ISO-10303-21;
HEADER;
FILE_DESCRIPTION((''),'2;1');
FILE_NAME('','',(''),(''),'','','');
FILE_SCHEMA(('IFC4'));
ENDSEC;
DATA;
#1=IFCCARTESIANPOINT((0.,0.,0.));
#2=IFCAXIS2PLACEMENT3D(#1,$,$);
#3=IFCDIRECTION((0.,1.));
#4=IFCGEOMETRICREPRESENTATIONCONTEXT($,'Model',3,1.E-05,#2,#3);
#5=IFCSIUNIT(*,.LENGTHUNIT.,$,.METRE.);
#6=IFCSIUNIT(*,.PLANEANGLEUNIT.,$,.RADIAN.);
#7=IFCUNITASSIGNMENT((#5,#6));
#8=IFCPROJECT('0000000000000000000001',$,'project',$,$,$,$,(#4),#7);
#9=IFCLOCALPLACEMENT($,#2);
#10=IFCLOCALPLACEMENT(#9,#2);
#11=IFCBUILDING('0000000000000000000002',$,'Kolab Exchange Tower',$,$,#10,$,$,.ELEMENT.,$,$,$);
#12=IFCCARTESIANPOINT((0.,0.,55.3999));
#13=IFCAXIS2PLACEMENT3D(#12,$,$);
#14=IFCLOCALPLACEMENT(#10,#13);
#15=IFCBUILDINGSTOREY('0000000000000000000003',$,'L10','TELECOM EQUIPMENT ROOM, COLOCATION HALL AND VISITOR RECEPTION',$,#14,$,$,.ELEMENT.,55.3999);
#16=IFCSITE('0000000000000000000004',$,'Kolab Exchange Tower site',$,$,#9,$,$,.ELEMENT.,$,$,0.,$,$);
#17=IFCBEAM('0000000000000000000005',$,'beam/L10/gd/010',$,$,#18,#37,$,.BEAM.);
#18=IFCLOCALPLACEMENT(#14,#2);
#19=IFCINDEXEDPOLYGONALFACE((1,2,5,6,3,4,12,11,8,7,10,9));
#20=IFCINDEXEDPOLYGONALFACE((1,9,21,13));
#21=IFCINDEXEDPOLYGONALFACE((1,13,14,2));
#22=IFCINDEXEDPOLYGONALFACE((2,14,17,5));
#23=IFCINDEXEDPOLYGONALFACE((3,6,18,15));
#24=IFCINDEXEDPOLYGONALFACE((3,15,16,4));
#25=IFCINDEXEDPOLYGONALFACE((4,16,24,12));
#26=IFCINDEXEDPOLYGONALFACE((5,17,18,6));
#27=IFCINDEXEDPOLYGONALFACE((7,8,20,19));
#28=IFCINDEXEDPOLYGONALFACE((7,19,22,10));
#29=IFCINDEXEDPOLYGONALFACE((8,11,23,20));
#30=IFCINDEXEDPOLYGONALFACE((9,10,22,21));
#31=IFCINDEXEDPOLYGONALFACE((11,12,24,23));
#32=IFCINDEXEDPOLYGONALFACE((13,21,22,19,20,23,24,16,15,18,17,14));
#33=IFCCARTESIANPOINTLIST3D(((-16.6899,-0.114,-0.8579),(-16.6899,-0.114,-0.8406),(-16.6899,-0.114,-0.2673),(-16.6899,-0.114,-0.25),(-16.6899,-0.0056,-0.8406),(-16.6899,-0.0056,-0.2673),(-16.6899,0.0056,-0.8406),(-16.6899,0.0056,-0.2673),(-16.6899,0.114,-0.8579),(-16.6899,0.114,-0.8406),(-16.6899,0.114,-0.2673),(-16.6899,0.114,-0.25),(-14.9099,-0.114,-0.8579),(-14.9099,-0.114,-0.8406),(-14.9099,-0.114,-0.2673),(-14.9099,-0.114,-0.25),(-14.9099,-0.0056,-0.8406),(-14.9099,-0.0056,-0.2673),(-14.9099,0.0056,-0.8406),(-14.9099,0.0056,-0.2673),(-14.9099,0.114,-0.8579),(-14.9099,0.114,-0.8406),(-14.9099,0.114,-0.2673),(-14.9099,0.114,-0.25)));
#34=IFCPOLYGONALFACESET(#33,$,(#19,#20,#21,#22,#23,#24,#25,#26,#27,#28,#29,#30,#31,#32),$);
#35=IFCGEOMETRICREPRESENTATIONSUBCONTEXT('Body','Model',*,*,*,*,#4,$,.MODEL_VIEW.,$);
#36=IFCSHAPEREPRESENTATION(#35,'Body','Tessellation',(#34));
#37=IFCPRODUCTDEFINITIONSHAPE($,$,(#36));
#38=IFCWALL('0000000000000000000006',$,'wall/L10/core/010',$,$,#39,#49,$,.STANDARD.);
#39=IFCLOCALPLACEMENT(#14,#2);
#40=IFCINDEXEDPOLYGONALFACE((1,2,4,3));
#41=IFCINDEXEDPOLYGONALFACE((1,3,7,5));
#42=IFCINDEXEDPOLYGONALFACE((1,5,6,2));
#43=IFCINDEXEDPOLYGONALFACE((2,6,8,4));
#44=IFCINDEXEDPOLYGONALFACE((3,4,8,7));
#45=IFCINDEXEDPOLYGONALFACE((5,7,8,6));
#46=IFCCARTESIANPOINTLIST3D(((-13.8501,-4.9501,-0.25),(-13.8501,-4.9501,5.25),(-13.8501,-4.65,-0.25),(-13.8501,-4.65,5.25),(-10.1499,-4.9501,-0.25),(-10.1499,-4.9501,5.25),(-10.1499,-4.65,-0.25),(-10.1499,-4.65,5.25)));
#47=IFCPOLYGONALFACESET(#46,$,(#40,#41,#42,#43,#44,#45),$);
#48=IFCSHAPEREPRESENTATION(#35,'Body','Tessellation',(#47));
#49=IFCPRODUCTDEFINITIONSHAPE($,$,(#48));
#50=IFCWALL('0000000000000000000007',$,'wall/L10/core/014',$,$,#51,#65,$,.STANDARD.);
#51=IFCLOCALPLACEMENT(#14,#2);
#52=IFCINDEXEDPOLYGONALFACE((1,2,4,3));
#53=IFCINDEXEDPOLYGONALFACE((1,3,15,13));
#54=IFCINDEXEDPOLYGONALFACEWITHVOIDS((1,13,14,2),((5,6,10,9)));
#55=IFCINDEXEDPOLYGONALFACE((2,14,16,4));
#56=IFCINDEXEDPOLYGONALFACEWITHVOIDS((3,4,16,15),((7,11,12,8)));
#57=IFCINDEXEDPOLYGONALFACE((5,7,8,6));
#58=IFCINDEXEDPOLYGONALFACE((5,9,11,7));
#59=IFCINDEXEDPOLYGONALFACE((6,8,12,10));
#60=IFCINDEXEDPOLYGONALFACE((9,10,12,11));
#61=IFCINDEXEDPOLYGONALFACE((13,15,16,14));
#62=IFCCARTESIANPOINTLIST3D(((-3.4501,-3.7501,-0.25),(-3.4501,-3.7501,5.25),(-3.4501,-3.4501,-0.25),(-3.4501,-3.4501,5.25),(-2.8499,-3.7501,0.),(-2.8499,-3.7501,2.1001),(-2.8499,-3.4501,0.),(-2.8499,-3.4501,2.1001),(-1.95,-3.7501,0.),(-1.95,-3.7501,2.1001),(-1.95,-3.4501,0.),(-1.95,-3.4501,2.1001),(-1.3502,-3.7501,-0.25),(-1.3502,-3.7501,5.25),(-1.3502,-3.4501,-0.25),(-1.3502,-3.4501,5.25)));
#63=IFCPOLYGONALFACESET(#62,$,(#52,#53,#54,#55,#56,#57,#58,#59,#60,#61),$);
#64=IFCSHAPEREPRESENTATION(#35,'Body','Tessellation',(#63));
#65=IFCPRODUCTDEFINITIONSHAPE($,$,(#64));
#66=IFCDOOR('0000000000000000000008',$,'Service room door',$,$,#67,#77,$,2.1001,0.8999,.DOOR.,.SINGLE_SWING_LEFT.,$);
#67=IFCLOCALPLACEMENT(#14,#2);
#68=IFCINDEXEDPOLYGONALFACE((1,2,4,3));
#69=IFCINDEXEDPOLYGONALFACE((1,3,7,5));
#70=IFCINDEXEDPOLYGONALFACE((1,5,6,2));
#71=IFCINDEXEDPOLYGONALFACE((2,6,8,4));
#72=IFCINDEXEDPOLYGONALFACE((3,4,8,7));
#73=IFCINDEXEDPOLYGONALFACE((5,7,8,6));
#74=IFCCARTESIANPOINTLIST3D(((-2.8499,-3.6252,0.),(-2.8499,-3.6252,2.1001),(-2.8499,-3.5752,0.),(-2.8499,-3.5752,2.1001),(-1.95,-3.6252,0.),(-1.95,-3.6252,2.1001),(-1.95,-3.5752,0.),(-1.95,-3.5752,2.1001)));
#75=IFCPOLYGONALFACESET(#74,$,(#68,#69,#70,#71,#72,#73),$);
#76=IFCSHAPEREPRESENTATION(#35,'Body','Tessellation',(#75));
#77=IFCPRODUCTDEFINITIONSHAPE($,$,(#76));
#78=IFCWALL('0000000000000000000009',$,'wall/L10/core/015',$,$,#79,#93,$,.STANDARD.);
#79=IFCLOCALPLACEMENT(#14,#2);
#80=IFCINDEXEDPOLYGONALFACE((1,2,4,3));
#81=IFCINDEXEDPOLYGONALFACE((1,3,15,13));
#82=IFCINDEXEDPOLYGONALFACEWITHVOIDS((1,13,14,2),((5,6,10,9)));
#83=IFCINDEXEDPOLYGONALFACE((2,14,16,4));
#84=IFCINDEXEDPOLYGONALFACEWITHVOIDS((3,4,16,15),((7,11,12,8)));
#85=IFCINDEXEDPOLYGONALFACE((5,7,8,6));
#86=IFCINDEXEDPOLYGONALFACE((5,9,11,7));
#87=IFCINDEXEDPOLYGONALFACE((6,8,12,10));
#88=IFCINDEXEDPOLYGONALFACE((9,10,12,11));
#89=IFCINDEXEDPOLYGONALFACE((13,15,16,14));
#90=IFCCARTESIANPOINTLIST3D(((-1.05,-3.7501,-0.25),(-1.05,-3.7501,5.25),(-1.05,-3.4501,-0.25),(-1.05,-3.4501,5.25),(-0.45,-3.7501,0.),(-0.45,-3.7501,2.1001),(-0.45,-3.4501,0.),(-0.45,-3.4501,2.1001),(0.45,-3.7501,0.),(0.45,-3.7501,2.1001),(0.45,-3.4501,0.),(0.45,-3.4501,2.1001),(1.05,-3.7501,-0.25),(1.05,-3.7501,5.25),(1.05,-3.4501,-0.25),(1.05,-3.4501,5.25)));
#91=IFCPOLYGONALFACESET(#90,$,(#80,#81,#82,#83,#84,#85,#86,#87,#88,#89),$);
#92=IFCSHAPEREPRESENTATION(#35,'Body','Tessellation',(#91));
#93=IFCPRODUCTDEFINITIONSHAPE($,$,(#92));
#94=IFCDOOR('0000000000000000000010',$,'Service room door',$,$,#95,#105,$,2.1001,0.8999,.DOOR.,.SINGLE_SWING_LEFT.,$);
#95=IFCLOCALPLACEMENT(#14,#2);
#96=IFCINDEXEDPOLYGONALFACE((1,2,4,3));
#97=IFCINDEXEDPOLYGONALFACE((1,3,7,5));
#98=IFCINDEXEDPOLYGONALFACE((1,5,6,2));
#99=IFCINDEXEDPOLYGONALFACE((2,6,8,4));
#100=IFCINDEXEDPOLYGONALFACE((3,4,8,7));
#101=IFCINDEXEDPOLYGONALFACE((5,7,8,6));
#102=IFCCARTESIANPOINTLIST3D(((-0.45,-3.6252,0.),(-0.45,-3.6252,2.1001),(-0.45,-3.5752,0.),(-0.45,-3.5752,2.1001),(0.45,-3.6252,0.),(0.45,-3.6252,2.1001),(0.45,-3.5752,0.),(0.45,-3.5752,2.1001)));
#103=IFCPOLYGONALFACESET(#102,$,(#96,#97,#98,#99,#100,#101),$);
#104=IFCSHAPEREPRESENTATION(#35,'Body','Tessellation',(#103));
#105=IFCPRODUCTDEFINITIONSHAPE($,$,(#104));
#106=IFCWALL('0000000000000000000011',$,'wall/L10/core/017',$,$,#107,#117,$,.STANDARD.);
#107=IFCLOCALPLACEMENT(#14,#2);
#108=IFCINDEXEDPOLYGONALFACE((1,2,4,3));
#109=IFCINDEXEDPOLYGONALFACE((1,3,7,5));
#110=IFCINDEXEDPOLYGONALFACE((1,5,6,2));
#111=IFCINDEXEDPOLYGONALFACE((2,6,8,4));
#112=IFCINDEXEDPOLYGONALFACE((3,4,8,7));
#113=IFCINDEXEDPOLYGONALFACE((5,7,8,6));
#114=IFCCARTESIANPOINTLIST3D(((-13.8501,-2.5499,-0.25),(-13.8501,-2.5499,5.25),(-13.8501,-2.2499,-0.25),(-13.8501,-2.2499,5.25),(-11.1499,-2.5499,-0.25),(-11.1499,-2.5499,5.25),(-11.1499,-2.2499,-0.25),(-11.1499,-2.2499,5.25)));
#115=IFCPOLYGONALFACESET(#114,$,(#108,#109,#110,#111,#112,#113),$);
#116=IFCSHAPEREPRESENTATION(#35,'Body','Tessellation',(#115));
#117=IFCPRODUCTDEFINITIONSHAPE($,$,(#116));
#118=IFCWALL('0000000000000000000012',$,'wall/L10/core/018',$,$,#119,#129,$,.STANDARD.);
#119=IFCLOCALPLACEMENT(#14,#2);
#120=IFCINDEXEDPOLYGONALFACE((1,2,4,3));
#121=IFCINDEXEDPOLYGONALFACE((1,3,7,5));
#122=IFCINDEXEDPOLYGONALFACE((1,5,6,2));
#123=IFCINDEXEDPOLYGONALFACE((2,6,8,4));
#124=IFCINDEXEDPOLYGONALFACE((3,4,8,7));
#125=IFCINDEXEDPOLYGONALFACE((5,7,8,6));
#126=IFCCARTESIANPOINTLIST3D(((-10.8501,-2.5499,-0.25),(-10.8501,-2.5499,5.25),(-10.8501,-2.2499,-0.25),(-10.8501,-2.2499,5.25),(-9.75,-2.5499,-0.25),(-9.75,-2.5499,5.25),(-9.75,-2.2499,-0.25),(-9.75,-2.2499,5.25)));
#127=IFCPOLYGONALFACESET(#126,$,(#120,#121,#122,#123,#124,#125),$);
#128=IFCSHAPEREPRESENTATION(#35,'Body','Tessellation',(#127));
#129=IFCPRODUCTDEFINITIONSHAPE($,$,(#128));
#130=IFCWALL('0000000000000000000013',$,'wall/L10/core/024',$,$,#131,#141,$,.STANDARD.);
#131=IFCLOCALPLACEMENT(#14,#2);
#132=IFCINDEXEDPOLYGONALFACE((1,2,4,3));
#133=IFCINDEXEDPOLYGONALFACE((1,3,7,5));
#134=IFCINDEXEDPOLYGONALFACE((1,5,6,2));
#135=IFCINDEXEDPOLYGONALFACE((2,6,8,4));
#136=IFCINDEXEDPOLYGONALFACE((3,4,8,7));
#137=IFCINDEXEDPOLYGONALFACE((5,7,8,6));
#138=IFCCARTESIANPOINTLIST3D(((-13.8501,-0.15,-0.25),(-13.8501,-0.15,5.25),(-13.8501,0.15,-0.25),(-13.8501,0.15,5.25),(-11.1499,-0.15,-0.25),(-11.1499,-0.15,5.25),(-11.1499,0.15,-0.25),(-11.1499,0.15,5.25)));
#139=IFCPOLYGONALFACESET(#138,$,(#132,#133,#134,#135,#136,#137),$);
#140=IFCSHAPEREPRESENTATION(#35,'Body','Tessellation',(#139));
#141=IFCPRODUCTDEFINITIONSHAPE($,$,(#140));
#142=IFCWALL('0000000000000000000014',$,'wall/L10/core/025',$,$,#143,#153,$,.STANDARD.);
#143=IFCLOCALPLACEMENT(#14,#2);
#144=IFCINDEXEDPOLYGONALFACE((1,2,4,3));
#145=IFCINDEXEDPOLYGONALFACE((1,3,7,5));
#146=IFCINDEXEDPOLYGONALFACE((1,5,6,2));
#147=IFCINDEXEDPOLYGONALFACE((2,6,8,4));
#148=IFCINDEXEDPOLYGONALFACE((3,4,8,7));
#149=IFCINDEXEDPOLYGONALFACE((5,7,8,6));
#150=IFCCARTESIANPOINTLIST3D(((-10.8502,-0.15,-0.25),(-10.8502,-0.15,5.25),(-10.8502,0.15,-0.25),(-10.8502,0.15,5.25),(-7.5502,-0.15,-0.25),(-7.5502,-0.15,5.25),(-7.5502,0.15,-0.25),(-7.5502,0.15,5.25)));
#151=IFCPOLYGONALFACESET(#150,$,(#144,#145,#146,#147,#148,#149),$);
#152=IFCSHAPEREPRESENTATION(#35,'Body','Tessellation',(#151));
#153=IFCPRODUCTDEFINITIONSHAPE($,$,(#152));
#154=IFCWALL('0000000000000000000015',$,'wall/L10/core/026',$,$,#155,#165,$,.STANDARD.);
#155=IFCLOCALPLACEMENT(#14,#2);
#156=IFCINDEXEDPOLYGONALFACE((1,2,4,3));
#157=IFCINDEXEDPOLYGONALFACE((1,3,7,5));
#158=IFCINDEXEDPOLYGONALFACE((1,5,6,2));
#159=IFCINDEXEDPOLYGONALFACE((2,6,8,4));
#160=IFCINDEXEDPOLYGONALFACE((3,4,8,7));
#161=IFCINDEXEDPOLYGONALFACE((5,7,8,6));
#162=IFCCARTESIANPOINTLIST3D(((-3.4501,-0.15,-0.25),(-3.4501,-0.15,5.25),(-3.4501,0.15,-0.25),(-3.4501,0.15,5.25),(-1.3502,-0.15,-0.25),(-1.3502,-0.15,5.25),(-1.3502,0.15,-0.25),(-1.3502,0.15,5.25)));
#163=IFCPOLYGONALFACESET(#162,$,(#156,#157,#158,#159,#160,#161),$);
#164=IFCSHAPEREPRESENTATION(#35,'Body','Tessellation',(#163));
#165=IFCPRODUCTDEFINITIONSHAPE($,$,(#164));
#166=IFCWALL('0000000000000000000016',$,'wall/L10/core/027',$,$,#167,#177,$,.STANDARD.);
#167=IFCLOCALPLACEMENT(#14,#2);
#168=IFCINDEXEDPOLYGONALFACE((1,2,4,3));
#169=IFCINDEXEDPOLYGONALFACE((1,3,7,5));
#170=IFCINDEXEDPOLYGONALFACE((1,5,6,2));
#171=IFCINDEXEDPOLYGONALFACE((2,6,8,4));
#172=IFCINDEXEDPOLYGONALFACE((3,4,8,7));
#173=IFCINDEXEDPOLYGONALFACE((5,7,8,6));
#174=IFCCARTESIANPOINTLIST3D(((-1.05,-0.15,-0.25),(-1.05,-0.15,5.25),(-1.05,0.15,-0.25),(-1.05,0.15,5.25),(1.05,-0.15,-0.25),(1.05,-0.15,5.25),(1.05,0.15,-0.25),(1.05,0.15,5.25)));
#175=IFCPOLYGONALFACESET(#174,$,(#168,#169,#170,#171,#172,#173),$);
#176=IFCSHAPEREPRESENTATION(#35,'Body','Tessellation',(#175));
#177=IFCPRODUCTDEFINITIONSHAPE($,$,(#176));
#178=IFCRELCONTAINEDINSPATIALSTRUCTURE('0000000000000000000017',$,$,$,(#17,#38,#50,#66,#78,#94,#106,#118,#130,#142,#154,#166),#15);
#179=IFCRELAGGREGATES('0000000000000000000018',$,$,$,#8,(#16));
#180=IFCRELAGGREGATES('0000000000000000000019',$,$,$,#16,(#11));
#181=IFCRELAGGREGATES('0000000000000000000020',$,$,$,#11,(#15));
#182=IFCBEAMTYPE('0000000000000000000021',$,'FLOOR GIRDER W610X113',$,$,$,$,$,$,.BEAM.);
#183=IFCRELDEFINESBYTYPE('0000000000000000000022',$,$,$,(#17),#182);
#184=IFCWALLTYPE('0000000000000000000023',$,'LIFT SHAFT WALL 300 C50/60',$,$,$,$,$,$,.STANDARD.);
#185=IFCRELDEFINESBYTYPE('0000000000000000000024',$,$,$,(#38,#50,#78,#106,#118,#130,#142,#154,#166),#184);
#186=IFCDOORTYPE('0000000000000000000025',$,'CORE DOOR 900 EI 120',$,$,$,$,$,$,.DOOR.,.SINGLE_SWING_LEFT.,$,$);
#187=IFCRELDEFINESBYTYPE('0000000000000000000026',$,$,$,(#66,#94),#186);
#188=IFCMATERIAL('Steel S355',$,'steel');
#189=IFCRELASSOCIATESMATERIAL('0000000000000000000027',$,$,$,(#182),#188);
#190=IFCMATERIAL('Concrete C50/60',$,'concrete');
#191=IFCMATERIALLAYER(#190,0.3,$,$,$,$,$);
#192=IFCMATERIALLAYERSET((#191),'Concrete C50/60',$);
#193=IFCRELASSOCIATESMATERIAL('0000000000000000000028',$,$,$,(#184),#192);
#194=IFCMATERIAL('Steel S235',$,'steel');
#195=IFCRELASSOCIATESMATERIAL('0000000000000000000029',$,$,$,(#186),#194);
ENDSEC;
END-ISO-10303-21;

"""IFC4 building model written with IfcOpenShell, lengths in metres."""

from ifc_helpers import new_model, si_unit, direction, frame, frame_2d, origin, origin_2d, place, context, subcontext, project, spatial, rectangle, i_section, extrude, material, layer, layer_set, material_profile, profile_set, type_object, element, fill, save


model = new_model("IFC4")

# Units and contexts
model_context = context("Model", 3, precision=1e-05, world=origin(), true_north=direction((0.0, 1.0)))
body_context = subcontext(model_context, "Body", "Model", "MODEL_VIEW")
ifc_project = project(units=[si_unit("LENGTHUNIT", "METRE"), si_unit("PLANEANGLEUNIT", "RADIAN")], contexts=[model_context])

# Site, building, storey
site_placement = place(None, origin())
site = spatial("IfcSite", under=ifc_project, at=site_placement, Name="Kolab Exchange Tower site", CompositionType="ELEMENT", RefElevation=0.0)
building_placement = place(site_placement, origin())
building = spatial("IfcBuilding", under=site, at=building_placement, Name="Kolab Exchange Tower", CompositionType="ELEMENT")
storey_placement = place(building_placement, frame((0.0, 0.0, 55.3999)))
storey = spatial("IfcBuildingStorey", under=building, at=storey_placement, Name="L10", Description="TELECOM EQUIPMENT ROOM, COLOCATION HALL AND VISITOR RECEPTION", CompositionType="ELEMENT", Elevation=55.3999)

# Beam
ifc_material_1 = material(Name="Steel S355", Category="steel")
ifc_material_profile = material_profile(ifc_material_1, i_section(OverallWidth=0.228, OverallDepth=0.6079, WebThickness=0.0112, FlangeThickness=0.0173, at=origin_2d()), Name="W610X113")
ifc_profile_set = profile_set([ifc_material_profile], Name="Steel S355")
beam_type = type_object("IfcBeamType", Name="FLOOR GIRDER W610X113", PredefinedType="BEAM", material=ifc_profile_set)
beam_placement = place(storey_placement, frame((-16.6899, 0.0, -0.554), z_axis=(1.0, 0.0, 0.0), x_axis=(0.0, 1.0, 0.0)))
element("IfcBeam", 1, at=beam_placement, inside=storey, type_object=beam_type, Name="beam/L10/gd/010", PredefinedType="BEAM", context=body_context, shape_type="SweptSolid", body=[
    extrude(i_section(OverallWidth=0.228, OverallDepth=0.6079, WebThickness=0.0112, FlangeThickness=0.0173, at=origin_2d()), origin(), (0.0, 0.0, 1.0), 1.78),
])

# Wall
ifc_material_2 = material(Name="Concrete C50/60", Category="concrete")
ifc_layer_1 = layer(ifc_material_2, 0.3)
ifc_layer_set_1 = layer_set([ifc_layer_1], Name="Concrete C50/60")
wall_type_1 = type_object("IfcWallType", Name="LIFT SHAFT WALL 300 C50/60", PredefinedType="STANDARD", material=ifc_layer_set_1)
wall_1_placement = place(storey_placement, frame((-13.8501, -4.8, -0.25), z_axis=(0.0, 0.0, 1.0), x_axis=(1.0, 0.0, 0.0)))
element("IfcWall", 2, at=wall_1_placement, inside=storey, type_object=wall_type_1, Name="wall/L10/core/010", PredefinedType="STANDARD", context=body_context, shape_type="SweptSolid", body=[
    extrude(rectangle(XDim=3.7002, YDim=0.3, at=frame_2d((1.8501, 0.0))), origin(), (0.0, 0.0, 1.0), 5.5),
])

# Walls, openings, doors
wall_2_placement = place(storey_placement, frame((-3.45, -3.6001, -0.25), z_axis=(0.0, 0.0, 1.0), x_axis=(1.0, 0.0, 0.0)))
wall_2 = element("IfcWall", 3, at=wall_2_placement, inside=storey, type_object=wall_type_1, Name="wall/L10/core/014", PredefinedType="STANDARD", context=body_context, shape_type="SweptSolid", body=[
    extrude(rectangle(XDim=2.0999, YDim=0.3, at=frame_2d((1.0498, 0.0))), origin(), (0.0, 0.0, 1.0), 5.5),
])
opening_1_placement = place(wall_2_placement, frame((0.6001, 0.0, 0.25)))
opening_1 = element("IfcOpeningElement", 4, at=opening_1_placement, cuts=wall_2, PredefinedType="OPENING", context=body_context, shape_type="SweptSolid", body=[
    extrude(rectangle(XDim=0.8999, YDim=2.1001, at=frame_2d((0.45, 1.05))), frame((0.0, 0.1602, 0.0), z_axis=(0.0, -1.0, 0.0), x_axis=(1.0, 0.0, 0.0)), (0.0, 0.0, 1.0), 0.3201),
])
ifc_material_3 = material(Name="Steel S235", Category="steel")
door_type_1 = type_object("IfcDoorType", Name="CORE DOOR 900 EI 120", OperationType="SINGLE_SWING_LEFT", PredefinedType="DOOR", material=ifc_material_3)
door_1_placement = place(opening_1_placement, origin())
door_1 = element("IfcDoor", 5, at=door_1_placement, inside=storey, type_object=door_type_1, Name="Service room door", OperationType="SINGLE_SWING_LEFT", OverallHeight=2.1001, OverallWidth=0.8999, PredefinedType="DOOR", context=body_context, shape_type="SweptSolid", body=[
    extrude(rectangle(XDim=0.8999, YDim=2.1001, at=frame_2d((0.45, 1.05))), frame((0.0, 0.0249, 0.0), z_axis=(0.0, -1.0, 0.0), x_axis=(1.0, 0.0, 0.0)), (0.0, 0.0, 1.0), 0.05),
])
fill(opening_1, door_1)
wall_3_placement = place(storey_placement, frame((-1.05, -3.6001, -0.25), z_axis=(0.0, 0.0, 1.0), x_axis=(1.0, 0.0, 0.0)))
wall_3 = element("IfcWall", 6, at=wall_3_placement, inside=storey, type_object=wall_type_1, Name="wall/L10/core/015", PredefinedType="STANDARD", context=body_context, shape_type="SweptSolid", body=[
    extrude(rectangle(XDim=2.1001, YDim=0.3, at=frame_2d((1.05, 0.0))), origin(), (0.0, 0.0, 1.0), 5.5),
])
opening_2_placement = place(wall_3_placement, frame((0.6001, 0.0, 0.25)))
opening_2 = element("IfcOpeningElement", 7, at=opening_2_placement, cuts=wall_3, PredefinedType="OPENING", context=body_context, shape_type="SweptSolid", body=[
    extrude(rectangle(XDim=0.8999, YDim=2.1001, at=frame_2d((0.45, 1.05))), frame((0.0, 0.1602, 0.0), z_axis=(0.0, -1.0, 0.0), x_axis=(1.0, 0.0, 0.0)), (0.0, 0.0, 1.0), 0.3201),
])
door_2_placement = place(opening_2_placement, origin())
door_2 = element("IfcDoor", 8, at=door_2_placement, inside=storey, type_object=door_type_1, Name="Service room door", OperationType="SINGLE_SWING_LEFT", OverallHeight=2.1001, OverallWidth=0.8999, PredefinedType="DOOR", context=body_context, shape_type="SweptSolid", body=[
    extrude(rectangle(XDim=0.8999, YDim=2.1001, at=frame_2d((0.45, 1.05))), frame((0.0, 0.0249, 0.0), z_axis=(0.0, -1.0, 0.0), x_axis=(1.0, 0.0, 0.0)), (0.0, 0.0, 1.0), 0.05),
])
fill(opening_2, door_2)

# Walls
wall_4_placement = place(storey_placement, frame((-13.8501, -2.3999, -0.25), z_axis=(0.0, 0.0, 1.0), x_axis=(1.0, 0.0, 0.0)))
element("IfcWall", 9, at=wall_4_placement, inside=storey, type_object=wall_type_1, Name="wall/L10/core/017", PredefinedType="STANDARD", context=body_context, shape_type="SweptSolid", body=[
    extrude(rectangle(XDim=2.7002, YDim=0.3, at=frame_2d((1.3501, 0.0))), origin(), (0.0, 0.0, 1.0), 5.5),
])
wall_5_placement = place(storey_placement, frame((-10.8501, -2.3999, -0.25), z_axis=(0.0, 0.0, 1.0), x_axis=(1.0, 0.0, 0.0)))
element("IfcWall", 10, at=wall_5_placement, inside=storey, type_object=wall_type_1, Name="wall/L10/core/018", PredefinedType="STANDARD", context=body_context, shape_type="SweptSolid", body=[
    extrude(rectangle(XDim=1.1001, YDim=0.3, at=frame_2d((0.55, 0.0))), origin(), (0.0, 0.0, 1.0), 5.5),
])
wall_6_placement = place(storey_placement, frame((-13.8501, 0.0, -0.25), z_axis=(0.0, 0.0, 1.0), x_axis=(1.0, 0.0, 0.0)))
element("IfcWall", 11, at=wall_6_placement, inside=storey, type_object=wall_type_1, Name="wall/L10/core/024", PredefinedType="STANDARD", context=body_context, shape_type="SweptSolid", body=[
    extrude(rectangle(XDim=2.7002, YDim=0.3, at=frame_2d((1.3501, 0.0))), origin(), (0.0, 0.0, 1.0), 5.5),
])
wall_7_placement = place(storey_placement, frame((-10.8501, 0.0, -0.25), z_axis=(0.0, 0.0, 1.0), x_axis=(1.0, 0.0, 0.0)))
element("IfcWall", 12, at=wall_7_placement, inside=storey, type_object=wall_type_1, Name="wall/L10/core/025", PredefinedType="STANDARD", context=body_context, shape_type="SweptSolid", body=[
    extrude(rectangle(XDim=3.3, YDim=0.3, at=frame_2d((1.6499, 0.0))), origin(), (0.0, 0.0, 1.0), 5.5),
])
wall_8_placement = place(storey_placement, frame((-3.45, 0.0, -0.25), z_axis=(0.0, 0.0, 1.0), x_axis=(1.0, 0.0, 0.0)))
element("IfcWall", 13, at=wall_8_placement, inside=storey, type_object=wall_type_1, Name="wall/L10/core/026", PredefinedType="STANDARD", context=body_context, shape_type="SweptSolid", body=[
    extrude(rectangle(XDim=2.0999, YDim=0.3, at=frame_2d((1.0498, 0.0))), origin(), (0.0, 0.0, 1.0), 5.5),
])
wall_9_placement = place(storey_placement, frame((-1.05, 0.0, -0.25), z_axis=(0.0, 0.0, 1.0), x_axis=(1.0, 0.0, 0.0)))
element("IfcWall", 14, at=wall_9_placement, inside=storey, type_object=wall_type_1, Name="wall/L10/core/027", PredefinedType="STANDARD", context=body_context, shape_type="SweptSolid", body=[
    extrude(rectangle(XDim=2.1001, YDim=0.3, at=frame_2d((1.05, 0.0))), origin(), (0.0, 0.0, 1.0), 5.5),
])

save(model, "model.ifc")
